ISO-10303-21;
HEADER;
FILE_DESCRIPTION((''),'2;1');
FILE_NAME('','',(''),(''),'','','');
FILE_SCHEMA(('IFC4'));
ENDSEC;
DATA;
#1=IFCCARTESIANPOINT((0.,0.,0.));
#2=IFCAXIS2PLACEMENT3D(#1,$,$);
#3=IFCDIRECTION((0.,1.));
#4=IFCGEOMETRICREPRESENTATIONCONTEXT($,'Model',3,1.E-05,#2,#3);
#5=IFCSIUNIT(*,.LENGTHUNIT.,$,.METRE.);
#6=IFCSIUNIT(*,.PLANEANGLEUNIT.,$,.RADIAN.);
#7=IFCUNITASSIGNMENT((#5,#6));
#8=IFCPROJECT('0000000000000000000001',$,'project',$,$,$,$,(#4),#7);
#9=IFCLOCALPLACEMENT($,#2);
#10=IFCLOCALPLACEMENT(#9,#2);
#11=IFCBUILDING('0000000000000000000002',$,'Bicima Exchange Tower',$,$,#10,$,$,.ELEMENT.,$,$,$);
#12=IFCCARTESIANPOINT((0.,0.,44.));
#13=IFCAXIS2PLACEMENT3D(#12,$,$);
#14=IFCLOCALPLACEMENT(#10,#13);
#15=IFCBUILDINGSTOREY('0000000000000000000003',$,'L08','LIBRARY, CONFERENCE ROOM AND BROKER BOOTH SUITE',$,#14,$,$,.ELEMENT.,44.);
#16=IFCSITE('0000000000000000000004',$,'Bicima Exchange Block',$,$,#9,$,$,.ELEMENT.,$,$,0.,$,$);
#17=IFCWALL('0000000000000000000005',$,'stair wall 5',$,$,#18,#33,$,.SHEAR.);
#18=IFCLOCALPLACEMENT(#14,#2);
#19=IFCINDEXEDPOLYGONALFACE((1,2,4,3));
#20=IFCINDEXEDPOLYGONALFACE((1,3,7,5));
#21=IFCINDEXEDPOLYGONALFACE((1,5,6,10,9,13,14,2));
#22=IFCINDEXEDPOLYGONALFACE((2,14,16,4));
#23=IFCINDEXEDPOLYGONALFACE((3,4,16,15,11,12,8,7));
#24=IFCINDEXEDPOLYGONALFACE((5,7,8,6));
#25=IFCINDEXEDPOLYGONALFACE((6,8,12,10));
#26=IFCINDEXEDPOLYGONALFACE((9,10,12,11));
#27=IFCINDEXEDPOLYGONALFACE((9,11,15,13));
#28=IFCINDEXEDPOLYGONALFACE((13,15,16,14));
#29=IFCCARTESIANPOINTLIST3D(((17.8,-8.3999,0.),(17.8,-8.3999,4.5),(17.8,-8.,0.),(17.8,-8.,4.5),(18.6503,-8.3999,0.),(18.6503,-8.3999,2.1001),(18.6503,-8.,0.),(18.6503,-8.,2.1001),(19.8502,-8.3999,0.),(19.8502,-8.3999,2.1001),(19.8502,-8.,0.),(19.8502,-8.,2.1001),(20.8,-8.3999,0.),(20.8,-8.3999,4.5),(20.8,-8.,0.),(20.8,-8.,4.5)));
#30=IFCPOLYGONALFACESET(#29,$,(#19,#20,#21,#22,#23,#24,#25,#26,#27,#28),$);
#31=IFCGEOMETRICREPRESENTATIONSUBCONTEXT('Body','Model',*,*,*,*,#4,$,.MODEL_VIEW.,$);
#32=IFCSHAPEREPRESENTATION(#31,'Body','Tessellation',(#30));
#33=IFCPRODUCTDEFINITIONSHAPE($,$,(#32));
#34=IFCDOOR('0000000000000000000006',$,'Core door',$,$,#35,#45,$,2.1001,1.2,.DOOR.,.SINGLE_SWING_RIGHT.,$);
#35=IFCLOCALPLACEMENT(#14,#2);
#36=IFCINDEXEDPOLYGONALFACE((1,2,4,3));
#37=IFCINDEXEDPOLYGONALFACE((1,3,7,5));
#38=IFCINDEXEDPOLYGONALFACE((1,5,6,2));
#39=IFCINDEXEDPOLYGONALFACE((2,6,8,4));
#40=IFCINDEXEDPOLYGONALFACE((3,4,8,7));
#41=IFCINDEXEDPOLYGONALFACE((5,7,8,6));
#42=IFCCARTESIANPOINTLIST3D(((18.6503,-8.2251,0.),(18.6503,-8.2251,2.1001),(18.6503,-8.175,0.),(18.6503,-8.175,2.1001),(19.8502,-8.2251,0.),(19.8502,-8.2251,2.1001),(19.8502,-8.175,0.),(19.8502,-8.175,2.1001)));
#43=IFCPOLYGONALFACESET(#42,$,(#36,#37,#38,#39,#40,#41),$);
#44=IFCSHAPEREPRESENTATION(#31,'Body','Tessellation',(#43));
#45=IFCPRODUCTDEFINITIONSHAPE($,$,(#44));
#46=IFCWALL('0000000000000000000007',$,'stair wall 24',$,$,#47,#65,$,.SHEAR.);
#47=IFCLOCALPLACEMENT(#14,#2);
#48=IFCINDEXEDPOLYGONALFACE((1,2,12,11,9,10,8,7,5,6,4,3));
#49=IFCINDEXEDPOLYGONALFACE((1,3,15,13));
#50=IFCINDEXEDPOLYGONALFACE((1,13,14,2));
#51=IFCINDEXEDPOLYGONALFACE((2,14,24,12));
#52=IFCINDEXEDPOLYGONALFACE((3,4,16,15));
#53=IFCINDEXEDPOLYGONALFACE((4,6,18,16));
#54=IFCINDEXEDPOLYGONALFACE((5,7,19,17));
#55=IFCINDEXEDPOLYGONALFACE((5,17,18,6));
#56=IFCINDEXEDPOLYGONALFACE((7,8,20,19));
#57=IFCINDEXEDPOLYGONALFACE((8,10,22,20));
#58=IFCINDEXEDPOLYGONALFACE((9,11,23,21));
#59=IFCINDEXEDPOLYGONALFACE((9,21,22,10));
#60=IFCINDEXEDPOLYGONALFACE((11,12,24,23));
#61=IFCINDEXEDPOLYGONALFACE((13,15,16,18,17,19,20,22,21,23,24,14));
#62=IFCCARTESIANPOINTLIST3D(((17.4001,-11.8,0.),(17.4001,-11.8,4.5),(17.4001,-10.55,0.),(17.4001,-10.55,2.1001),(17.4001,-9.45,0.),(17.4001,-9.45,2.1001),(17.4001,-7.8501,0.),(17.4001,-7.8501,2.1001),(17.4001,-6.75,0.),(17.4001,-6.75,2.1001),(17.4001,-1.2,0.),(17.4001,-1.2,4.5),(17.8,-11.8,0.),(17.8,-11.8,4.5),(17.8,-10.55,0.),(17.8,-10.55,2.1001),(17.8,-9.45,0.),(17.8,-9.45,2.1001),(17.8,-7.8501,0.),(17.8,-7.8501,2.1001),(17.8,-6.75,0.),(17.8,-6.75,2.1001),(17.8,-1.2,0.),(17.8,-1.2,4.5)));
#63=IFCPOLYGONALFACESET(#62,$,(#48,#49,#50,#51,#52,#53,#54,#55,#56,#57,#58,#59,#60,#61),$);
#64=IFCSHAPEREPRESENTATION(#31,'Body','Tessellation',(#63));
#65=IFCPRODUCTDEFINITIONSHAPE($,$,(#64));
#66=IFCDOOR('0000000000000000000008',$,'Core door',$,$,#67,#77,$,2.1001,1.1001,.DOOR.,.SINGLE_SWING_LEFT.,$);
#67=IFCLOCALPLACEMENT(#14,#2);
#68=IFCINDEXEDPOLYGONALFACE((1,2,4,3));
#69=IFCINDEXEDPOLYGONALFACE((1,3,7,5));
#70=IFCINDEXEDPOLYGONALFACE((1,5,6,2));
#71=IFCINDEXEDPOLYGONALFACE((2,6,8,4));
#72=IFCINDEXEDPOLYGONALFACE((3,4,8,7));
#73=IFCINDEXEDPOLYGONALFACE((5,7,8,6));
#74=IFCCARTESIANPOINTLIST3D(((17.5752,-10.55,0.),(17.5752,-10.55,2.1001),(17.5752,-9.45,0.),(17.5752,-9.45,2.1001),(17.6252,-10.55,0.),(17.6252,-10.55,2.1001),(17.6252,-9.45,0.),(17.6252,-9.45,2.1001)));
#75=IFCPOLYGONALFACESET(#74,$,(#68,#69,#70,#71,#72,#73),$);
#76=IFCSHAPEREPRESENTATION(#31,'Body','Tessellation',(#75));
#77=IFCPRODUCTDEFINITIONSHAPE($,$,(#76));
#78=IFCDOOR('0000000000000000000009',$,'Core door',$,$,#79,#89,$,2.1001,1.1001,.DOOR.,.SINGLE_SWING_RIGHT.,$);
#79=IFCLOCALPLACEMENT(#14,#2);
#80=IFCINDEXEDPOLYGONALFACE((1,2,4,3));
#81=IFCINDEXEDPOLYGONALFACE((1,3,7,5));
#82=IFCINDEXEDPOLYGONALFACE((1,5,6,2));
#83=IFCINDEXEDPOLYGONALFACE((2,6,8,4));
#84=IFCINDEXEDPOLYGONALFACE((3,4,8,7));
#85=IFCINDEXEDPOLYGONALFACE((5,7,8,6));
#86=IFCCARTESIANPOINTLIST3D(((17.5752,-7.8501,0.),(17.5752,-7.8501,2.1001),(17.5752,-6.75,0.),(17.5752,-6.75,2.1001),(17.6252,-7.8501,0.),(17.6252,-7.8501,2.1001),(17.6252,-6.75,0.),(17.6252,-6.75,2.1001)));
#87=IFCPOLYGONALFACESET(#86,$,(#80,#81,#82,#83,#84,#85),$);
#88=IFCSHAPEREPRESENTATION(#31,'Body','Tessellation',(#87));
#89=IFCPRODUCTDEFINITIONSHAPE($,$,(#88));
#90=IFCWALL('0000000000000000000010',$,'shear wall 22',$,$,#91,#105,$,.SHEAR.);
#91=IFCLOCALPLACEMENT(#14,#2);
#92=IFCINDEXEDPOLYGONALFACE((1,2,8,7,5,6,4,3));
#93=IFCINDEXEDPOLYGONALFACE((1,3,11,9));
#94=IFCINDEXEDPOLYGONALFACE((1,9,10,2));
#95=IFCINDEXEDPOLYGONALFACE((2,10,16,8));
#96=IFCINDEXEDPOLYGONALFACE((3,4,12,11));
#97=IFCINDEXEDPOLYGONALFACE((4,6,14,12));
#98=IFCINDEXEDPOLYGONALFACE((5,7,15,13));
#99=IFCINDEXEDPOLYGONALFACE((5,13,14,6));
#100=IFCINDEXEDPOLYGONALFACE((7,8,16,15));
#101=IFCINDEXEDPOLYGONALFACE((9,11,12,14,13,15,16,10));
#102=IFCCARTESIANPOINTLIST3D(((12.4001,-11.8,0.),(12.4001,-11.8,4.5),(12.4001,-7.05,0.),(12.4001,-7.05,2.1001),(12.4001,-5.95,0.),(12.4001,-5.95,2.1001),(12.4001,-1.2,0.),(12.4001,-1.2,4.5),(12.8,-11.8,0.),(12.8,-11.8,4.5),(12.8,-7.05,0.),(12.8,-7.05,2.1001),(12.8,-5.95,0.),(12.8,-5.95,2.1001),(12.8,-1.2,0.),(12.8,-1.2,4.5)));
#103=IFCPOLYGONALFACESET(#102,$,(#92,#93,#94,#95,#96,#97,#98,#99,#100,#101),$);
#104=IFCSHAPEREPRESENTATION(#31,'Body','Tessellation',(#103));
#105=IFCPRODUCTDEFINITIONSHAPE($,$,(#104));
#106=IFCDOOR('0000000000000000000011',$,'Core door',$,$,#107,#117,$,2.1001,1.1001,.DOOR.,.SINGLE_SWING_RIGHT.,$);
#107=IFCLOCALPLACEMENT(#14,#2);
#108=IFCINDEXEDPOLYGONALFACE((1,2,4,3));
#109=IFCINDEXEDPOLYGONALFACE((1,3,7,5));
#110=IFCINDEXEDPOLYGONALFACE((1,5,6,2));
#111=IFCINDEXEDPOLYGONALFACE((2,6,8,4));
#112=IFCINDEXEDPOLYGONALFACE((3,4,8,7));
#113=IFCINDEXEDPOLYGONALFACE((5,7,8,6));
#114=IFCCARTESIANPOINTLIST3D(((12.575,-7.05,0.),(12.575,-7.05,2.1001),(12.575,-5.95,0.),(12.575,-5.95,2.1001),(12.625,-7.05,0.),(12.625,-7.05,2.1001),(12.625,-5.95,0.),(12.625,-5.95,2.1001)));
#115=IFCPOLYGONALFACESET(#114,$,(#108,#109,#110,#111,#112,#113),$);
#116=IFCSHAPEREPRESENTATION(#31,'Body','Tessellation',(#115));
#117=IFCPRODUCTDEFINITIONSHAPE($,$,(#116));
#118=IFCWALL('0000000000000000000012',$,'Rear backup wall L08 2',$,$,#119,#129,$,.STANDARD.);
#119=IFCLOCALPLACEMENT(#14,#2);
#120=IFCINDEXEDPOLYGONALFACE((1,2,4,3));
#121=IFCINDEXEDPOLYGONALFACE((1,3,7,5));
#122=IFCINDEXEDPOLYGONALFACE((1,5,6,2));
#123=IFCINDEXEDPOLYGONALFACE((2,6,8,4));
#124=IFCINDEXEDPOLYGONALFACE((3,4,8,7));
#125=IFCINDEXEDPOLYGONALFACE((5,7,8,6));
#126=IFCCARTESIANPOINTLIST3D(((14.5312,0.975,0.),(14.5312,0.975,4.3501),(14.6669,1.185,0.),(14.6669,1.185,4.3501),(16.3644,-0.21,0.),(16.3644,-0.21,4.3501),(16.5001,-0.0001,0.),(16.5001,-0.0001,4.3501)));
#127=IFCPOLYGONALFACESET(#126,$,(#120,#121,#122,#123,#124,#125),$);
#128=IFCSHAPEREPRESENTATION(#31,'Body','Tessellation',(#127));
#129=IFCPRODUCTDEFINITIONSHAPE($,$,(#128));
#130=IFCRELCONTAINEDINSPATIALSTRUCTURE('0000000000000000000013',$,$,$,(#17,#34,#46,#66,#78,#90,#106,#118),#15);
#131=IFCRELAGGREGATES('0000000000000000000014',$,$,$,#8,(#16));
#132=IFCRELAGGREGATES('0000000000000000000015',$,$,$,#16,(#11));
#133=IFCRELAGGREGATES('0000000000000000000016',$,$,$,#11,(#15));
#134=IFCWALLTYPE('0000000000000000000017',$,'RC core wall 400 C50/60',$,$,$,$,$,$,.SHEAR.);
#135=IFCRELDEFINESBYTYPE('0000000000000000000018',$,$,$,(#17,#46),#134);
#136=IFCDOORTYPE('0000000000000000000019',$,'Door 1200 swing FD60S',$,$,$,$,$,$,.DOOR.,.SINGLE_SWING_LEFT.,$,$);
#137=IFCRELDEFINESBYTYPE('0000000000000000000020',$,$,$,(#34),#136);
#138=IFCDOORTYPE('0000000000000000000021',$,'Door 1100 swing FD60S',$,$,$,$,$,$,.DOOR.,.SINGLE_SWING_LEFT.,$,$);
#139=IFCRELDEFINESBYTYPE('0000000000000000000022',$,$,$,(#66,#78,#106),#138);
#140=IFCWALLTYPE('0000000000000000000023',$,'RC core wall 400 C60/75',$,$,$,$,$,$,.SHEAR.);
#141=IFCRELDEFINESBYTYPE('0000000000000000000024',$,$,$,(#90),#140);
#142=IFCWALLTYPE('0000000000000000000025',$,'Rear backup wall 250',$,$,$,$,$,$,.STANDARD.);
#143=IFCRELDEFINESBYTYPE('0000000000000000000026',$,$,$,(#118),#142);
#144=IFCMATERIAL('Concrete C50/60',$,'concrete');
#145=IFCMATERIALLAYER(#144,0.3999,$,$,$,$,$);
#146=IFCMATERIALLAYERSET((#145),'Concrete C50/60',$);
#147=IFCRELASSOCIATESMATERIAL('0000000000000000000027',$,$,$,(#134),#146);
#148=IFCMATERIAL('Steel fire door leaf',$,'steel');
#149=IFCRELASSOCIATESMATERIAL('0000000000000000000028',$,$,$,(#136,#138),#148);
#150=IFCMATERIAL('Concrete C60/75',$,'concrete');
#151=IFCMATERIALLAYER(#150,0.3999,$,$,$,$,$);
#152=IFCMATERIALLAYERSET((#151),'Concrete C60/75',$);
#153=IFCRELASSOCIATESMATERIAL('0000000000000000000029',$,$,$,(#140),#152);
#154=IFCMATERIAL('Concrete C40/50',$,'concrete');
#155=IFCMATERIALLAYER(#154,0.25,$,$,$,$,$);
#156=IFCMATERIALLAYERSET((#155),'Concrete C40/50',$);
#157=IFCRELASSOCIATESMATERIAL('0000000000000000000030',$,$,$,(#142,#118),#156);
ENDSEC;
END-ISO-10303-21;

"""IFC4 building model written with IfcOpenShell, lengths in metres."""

from ifc_helpers import new_model, si_unit, direction, frame, frame_2d, origin, place, context, subcontext, project, spatial, rectangle, extrude, material, layer, layer_set, layer_usage, type_object, element, fill, save


model = new_model("IFC4")

# Units and contexts
model_context = context("Model", 3, precision=1e-05, world=origin(), true_north=direction((0.0, 1.0)))
body_context = subcontext(model_context, "Body", "Model", "MODEL_VIEW")
ifc_project = project(units=[si_unit("LENGTHUNIT", "METRE"), si_unit("PLANEANGLEUNIT", "RADIAN")], contexts=[model_context])

# Site, building, storey
site_placement = place(None, origin())
site = spatial("IfcSite", under=ifc_project, at=site_placement, Name="Bicima Exchange Block", CompositionType="ELEMENT", RefElevation=0.0)
building_placement = place(site_placement, origin())
building = spatial("IfcBuilding", under=site, at=building_placement, Name="Bicima Exchange Tower", CompositionType="ELEMENT")
storey_placement = place(building_placement, frame((0.0, 0.0, 44.0)))
storey = spatial("IfcBuildingStorey", under=building, at=storey_placement, Name="L08", Description="LIBRARY, CONFERENCE ROOM AND BROKER BOOTH SUITE", CompositionType="ELEMENT", Elevation=44.0)

# Shared definitions
ifc_material_1 = material(Name="Steel fire door leaf", Category="steel")

# Wall, opening, door
ifc_material_2 = material(Name="Concrete C50/60", Category="concrete")
ifc_layer_1 = layer(ifc_material_2, 0.3999)
ifc_layer_set_1 = layer_set([ifc_layer_1], Name="Concrete C50/60")
wall_type_1 = type_object("IfcWallType", Name="RC core wall 400 C50/60", PredefinedType="SHEAR", material=ifc_layer_set_1)
wall_1_placement = place(storey_placement, frame((17.8, -8.2, 0.0), z_axis=(0.0, 0.0, 1.0), x_axis=(1.0, 0.0, 0.0)))
wall_1 = element("IfcWall", 1, at=wall_1_placement, inside=storey, type_object=wall_type_1, Name="stair wall 5", PredefinedType="SHEAR", context=body_context, shape_type="SweptSolid", body=[
    extrude(rectangle(XDim=3.0, YDim=0.3999, at=frame_2d((1.5, 0.0))), origin(), (0.0, 0.0, 1.0), 4.5),
])
opening_1_placement = place(wall_1_placement, frame((0.8501, 0.0, 0.0)))
opening_1 = element("IfcOpeningElement", 2, at=opening_1_placement, cuts=wall_1, PredefinedType="OPENING", context=body_context, shape_type="SweptSolid", body=[
    extrude(rectangle(XDim=1.2, YDim=2.1001, at=frame_2d((0.6001, 1.05))), frame((0.0, 0.2119, 0.0), z_axis=(0.0, -1.0, 0.0), x_axis=(1.0, 0.0, 0.0)), (0.0, 0.0, 1.0), 0.4238),
])
door_type_1 = type_object("IfcDoorType", Name="Door 1200 swing FD60S", OperationType="SINGLE_SWING_LEFT", PredefinedType="DOOR", material=ifc_material_1)
door_1_placement = place(opening_1_placement, origin())
door_1 = element("IfcDoor", 3, at=door_1_placement, inside=storey, type_object=door_type_1, Name="Core door", OperationType="SINGLE_SWING_RIGHT", OverallHeight=2.1001, OverallWidth=1.2, PredefinedType="DOOR", context=body_context, shape_type="SweptSolid", body=[
    extrude(rectangle(XDim=1.2, YDim=2.1001, at=frame_2d((0.6001, 1.05))), frame((0.0, 0.0249, 0.0), z_axis=(0.0, -1.0, 0.0), x_axis=(1.0, 0.0, 0.0)), (0.0, 0.0, 1.0), 0.05),
])
fill(opening_1, door_1)

# Wall, openings, doors
wall_2_placement = place(storey_placement, frame((17.6001, -11.8, 0.0), z_axis=(0.0, 0.0, 1.0), x_axis=(0.0, 1.0, 0.0)))
wall_2 = element("IfcWall", 4, at=wall_2_placement, inside=storey, type_object=wall_type_1, Name="stair wall 24", PredefinedType="SHEAR", context=body_context, shape_type="SweptSolid", body=[
    extrude(rectangle(XDim=10.6001, YDim=0.3999, at=frame_2d((5.3, 0.0))), origin(), (0.0, 0.0, 1.0), 4.5),
])
opening_2_placement = place(wall_2_placement, frame((1.25, 0.0, 0.0)))
opening_2 = element("IfcOpeningElement", 5, at=opening_2_placement, cuts=wall_2, PredefinedType="OPENING", context=body_context, shape_type="SweptSolid", body=[
    extrude(rectangle(XDim=1.1001, YDim=2.1001, at=frame_2d((0.55, 1.05))), frame((0.0, 0.2119, 0.0), z_axis=(0.0, -1.0, 0.0), x_axis=(1.0, 0.0, 0.0)), (0.0, 0.0, 1.0), 0.4238),
])
opening_3_placement = place(wall_2_placement, frame((3.95, 0.0, 0.0)))
opening_3 = element("IfcOpeningElement", 6, at=opening_3_placement, cuts=wall_2, PredefinedType="OPENING", context=body_context, shape_type="SweptSolid", body=[
    extrude(rectangle(XDim=1.1001, YDim=2.1001, at=frame_2d((0.55, 1.05))), frame((0.0, 0.2119, 0.0), z_axis=(0.0, -1.0, 0.0), x_axis=(1.0, 0.0, 0.0)), (0.0, 0.0, 1.0), 0.4238),
])
door_type_2 = type_object("IfcDoorType", Name="Door 1100 swing FD60S", OperationType="SINGLE_SWING_LEFT", PredefinedType="DOOR", material=ifc_material_1)
door_2_placement = place(opening_2_placement, origin())
door_2 = element("IfcDoor", 7, at=door_2_placement, inside=storey, type_object=door_type_2, Name="Core door", OperationType="SINGLE_SWING_LEFT", OverallHeight=2.1001, OverallWidth=1.1001, PredefinedType="DOOR", context=body_context, shape_type="SweptSolid", body=[
    extrude(rectangle(XDim=1.1001, YDim=2.1001, at=frame_2d((0.55, 1.05))), frame((0.0, 0.0249, 0.0), z_axis=(0.0, -1.0, 0.0), x_axis=(1.0, 0.0, 0.0)), (0.0, 0.0, 1.0), 0.05),
])
fill(opening_2, door_2)
door_3_placement = place(opening_3_placement, origin())
door_3 = element("IfcDoor", 8, at=door_3_placement, inside=storey, type_object=door_type_2, Name="Core door", OperationType="SINGLE_SWING_RIGHT", OverallHeight=2.1001, OverallWidth=1.1001, PredefinedType="DOOR", context=body_context, shape_type="SweptSolid", body=[
    extrude(rectangle(XDim=1.1001, YDim=2.1001, at=frame_2d((0.55, 1.05))), frame((0.0, 0.0249, 0.0), z_axis=(0.0, -1.0, 0.0), x_axis=(1.0, 0.0, 0.0)), (0.0, 0.0, 1.0), 0.05),
])
fill(opening_3, door_3)

# Wall, opening, door
ifc_material_3 = material(Name="Concrete C60/75", Category="concrete")
ifc_layer_2 = layer(ifc_material_3, 0.3999)
ifc_layer_set_2 = layer_set([ifc_layer_2], Name="Concrete C60/75")
wall_type_2 = type_object("IfcWallType", Name="RC core wall 400 C60/75", PredefinedType="SHEAR", material=ifc_layer_set_2)
wall_3_placement = place(storey_placement, frame((12.6001, -11.8, 0.0), z_axis=(0.0, 0.0, 1.0), x_axis=(0.0, 1.0, 0.0)))
wall_3 = element("IfcWall", 9, at=wall_3_placement, inside=storey, type_object=wall_type_2, Name="shear wall 22", PredefinedType="SHEAR", context=body_context, shape_type="SweptSolid", body=[
    extrude(rectangle(XDim=10.6001, YDim=0.3999, at=frame_2d((5.3, 0.0))), origin(), (0.0, 0.0, 1.0), 4.5),
])
opening_4_placement = place(wall_3_placement, frame((4.75, 0.0, 0.0)))
opening_4 = element("IfcOpeningElement", 10, at=opening_4_placement, cuts=wall_3, PredefinedType="OPENING", context=body_context, shape_type="SweptSolid", body=[
    extrude(rectangle(XDim=1.1001, YDim=2.1001, at=frame_2d((0.55, 1.05))), frame((0.0, 0.2119, 0.0), z_axis=(0.0, -1.0, 0.0), x_axis=(1.0, 0.0, 0.0)), (0.0, 0.0, 1.0), 0.4238),
])
door_4_placement = place(opening_4_placement, frame((1.1001, 0.0, 0.0), z_axis=(0.0, 0.0, 1.0), x_axis=(-1.0, 0.0, 0.0)))
door_4 = element("IfcDoor", 11, at=door_4_placement, inside=storey, type_object=door_type_2, Name="Core door", OperationType="SINGLE_SWING_RIGHT", OverallHeight=2.1001, OverallWidth=1.1001, PredefinedType="DOOR", context=body_context, shape_type="SweptSolid", body=[
    extrude(rectangle(XDim=1.1001, YDim=2.1001, at=frame_2d((0.55, 1.05))), frame((0.0, 0.0249, 0.0), z_axis=(0.0, -1.0, 0.0), x_axis=(1.0, 0.0, 0.0)), (0.0, 0.0, 1.0), 0.05),
])
fill(opening_4, door_4)

# Wall
ifc_material_4 = material(Name="Concrete C40/50", Category="concrete")
ifc_layer_3 = layer(ifc_material_4, 0.25)
ifc_layer_set_3 = layer_set([ifc_layer_3], Name="Concrete C40/50")
ifc_layer_usage = layer_usage(ifc_layer_set_3, "AXIS2", "POSITIVE", -0.125)
wall_type_3 = type_object("IfcWallType", Name="Rear backup wall 250", PredefinedType="STANDARD", material=ifc_layer_set_3)
wall_4_placement = place(storey_placement, frame((16.4321, -0.105, 0.0), z_axis=(0.0, 0.0, 1.0), x_axis=(-0.839813, 0.542876, 0.0)))
element("IfcWall", 12, at=wall_4_placement, inside=storey, type_object=wall_type_3, material=ifc_layer_usage, Name="Rear backup wall L08 2", PredefinedType="STANDARD", context=body_context, shape_type="SweptSolid", body=[
    extrude(rectangle(XDim=2.1829, YDim=0.25, at=frame_2d((1.0913, 0.0))), origin(), (0.0, 0.0, 1.0), 4.3501),
])

save(model, "model.ifc")
